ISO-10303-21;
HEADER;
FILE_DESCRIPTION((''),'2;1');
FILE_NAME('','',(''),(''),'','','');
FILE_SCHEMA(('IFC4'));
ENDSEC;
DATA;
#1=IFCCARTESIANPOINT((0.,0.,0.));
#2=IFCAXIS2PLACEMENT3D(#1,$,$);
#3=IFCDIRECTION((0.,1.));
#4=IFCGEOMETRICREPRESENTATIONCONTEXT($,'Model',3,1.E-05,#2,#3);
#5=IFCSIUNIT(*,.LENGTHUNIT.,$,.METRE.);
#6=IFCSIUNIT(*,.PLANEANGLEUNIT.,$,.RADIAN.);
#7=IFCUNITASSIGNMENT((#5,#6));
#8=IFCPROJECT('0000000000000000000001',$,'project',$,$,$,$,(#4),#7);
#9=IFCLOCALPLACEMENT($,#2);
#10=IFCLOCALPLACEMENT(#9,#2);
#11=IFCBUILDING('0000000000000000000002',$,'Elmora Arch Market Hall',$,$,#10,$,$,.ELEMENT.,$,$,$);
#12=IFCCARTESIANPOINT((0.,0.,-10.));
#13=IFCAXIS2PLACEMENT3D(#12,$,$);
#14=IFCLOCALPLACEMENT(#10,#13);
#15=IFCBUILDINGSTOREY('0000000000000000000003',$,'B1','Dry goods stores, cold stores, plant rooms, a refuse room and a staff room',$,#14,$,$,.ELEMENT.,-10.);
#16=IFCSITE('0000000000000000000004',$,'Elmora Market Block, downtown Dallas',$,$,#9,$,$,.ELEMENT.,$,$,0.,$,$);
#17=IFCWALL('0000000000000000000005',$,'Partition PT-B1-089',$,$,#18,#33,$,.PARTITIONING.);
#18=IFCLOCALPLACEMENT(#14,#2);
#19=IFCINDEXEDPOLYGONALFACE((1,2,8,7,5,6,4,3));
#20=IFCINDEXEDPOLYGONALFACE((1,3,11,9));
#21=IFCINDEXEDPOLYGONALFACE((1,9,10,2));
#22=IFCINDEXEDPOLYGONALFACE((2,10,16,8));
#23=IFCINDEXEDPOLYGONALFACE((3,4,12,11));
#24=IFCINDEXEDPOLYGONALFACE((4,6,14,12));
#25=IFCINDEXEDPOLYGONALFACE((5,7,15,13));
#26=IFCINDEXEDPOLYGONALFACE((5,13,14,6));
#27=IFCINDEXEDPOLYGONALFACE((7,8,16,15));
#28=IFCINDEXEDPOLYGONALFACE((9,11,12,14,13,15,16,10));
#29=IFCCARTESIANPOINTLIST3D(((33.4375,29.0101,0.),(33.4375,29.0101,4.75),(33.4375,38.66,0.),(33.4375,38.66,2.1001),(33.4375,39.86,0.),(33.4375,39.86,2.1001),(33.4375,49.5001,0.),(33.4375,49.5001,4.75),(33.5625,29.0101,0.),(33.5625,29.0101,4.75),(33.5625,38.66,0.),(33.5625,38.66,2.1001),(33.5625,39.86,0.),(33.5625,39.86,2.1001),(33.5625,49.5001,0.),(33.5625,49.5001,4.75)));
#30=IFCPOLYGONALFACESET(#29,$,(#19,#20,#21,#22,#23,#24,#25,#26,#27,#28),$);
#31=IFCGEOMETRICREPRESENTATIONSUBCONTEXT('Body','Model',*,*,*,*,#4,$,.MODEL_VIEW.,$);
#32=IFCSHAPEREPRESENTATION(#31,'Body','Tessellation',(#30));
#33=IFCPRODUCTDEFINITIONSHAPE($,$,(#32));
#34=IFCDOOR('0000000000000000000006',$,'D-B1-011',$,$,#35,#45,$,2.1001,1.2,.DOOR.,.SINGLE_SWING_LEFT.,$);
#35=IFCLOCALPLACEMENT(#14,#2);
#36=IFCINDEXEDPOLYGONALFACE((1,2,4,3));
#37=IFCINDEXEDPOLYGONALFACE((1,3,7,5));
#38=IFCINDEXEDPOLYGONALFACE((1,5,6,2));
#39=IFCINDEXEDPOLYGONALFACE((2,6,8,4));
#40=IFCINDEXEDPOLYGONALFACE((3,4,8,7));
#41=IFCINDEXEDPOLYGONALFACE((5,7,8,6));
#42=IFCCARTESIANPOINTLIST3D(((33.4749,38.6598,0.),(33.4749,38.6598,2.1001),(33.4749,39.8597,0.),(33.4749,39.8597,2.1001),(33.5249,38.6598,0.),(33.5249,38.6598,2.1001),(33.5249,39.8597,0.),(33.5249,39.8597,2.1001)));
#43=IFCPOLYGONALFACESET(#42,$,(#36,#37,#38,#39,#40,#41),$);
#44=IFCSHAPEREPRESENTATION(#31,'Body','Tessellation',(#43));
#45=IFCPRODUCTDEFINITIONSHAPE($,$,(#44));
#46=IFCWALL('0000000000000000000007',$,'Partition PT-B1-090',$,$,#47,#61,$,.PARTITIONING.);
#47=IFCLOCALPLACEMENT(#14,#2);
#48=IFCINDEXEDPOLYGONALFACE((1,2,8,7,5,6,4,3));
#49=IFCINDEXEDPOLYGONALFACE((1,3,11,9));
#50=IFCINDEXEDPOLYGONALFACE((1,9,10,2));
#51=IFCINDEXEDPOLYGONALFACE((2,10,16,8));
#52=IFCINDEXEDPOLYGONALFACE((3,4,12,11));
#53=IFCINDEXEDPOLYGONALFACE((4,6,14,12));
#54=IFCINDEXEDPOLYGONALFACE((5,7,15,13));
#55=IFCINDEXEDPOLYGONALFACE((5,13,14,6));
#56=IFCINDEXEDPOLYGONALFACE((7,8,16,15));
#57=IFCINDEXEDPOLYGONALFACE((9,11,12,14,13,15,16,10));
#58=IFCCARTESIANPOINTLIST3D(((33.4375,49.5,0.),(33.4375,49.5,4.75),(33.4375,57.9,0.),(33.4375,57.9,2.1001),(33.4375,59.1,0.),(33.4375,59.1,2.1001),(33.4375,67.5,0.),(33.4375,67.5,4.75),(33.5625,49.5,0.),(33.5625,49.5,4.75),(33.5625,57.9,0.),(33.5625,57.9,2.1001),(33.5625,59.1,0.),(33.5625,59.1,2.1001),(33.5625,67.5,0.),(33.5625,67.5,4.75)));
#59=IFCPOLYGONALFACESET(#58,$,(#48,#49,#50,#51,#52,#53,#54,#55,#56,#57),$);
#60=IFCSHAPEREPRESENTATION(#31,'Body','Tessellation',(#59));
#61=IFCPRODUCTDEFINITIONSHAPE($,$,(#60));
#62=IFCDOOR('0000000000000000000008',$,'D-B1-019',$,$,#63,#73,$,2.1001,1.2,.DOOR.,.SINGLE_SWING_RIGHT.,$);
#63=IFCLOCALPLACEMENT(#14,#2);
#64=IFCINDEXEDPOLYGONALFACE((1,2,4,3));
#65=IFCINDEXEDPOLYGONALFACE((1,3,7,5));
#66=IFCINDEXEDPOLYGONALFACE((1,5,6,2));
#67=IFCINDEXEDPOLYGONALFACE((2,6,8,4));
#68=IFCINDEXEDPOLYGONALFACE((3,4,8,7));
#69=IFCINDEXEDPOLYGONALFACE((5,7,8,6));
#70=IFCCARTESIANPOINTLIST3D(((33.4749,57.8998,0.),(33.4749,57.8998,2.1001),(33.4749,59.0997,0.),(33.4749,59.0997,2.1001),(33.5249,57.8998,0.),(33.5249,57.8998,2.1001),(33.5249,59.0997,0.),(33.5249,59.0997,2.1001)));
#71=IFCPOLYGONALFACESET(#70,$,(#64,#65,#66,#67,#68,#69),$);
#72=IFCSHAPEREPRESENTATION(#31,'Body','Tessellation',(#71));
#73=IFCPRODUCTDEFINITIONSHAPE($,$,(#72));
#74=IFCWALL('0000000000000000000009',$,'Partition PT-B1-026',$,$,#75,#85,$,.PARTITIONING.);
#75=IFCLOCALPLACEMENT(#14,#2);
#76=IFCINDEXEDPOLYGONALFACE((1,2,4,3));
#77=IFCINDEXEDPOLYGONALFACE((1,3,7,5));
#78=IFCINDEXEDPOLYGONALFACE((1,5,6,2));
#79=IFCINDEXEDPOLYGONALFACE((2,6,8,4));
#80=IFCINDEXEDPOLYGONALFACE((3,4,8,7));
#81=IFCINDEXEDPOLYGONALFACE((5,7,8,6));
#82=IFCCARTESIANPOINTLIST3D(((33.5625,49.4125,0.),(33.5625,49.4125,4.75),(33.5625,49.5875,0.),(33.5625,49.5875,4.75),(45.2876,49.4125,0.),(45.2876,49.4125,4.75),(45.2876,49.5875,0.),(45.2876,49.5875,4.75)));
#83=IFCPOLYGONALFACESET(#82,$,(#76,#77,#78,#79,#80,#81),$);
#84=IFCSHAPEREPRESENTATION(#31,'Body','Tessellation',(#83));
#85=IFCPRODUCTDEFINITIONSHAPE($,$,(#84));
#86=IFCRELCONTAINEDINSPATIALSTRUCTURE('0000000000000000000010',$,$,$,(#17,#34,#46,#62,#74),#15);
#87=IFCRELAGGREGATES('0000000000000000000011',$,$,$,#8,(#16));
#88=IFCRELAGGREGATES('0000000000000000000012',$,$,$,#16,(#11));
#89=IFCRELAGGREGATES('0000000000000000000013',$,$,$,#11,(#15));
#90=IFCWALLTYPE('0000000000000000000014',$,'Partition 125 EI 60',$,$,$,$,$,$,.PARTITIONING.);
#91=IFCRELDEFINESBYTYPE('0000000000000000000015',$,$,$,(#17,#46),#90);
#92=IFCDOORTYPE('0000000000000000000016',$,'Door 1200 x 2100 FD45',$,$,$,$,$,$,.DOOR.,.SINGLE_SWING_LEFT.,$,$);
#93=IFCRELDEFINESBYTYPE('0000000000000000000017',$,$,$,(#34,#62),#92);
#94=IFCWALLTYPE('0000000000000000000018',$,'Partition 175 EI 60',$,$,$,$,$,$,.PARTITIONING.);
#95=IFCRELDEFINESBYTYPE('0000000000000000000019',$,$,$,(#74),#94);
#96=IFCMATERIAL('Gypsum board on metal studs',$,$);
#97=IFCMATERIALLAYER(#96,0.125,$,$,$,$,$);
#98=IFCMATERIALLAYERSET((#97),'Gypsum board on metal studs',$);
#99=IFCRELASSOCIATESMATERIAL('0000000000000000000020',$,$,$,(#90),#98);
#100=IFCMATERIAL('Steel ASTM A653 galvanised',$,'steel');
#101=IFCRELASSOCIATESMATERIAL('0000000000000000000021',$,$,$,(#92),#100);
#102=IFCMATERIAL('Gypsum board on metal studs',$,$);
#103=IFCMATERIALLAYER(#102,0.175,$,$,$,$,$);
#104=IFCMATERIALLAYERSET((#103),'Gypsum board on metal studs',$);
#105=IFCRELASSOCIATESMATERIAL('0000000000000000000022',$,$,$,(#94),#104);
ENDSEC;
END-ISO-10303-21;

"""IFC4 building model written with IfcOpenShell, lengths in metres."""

from ifc_helpers import new_model, si_unit, direction, frame, frame_2d, origin, place, context, subcontext, project, spatial, rectangle, extrude, material, layer, layer_set, type_object, element, fill, save


model = new_model("IFC4")

# Units and contexts
model_context = context("Model", 3, precision=1e-05, world=origin(), true_north=direction((0.0, 1.0)))
body_context = subcontext(model_context, "Body", "Model", "MODEL_VIEW")
ifc_project = project(units=[si_unit("LENGTHUNIT", "METRE"), si_unit("PLANEANGLEUNIT", "RADIAN")], contexts=[model_context])

# Site, building, storey
site_placement = place(None, origin())
site = spatial("IfcSite", under=ifc_project, at=site_placement, Name="Elmora Market Block, downtown Dallas", CompositionType="ELEMENT", RefElevation=0.0)
building_placement = place(site_placement, origin())
building = spatial("IfcBuilding", under=site, at=building_placement, Name="Elmora Arch Market Hall", CompositionType="ELEMENT")
storey_placement = place(building_placement, frame((0.0, 0.0, -10.0)))
storey = spatial("IfcBuildingStorey", under=building, at=storey_placement, Name="B1", Description="Dry goods stores, cold stores, plant rooms, a refuse room and a staff room", CompositionType="ELEMENT", Elevation=-10.0)

# Walls, openings, doors
ifc_material_1 = material(Name="Gypsum board on metal studs")
ifc_layer_1 = layer(ifc_material_1, 0.125)
ifc_layer_set_1 = layer_set([ifc_layer_1], Name="Gypsum board on metal studs")
wall_type_1 = type_object("IfcWallType", Name="Partition 125 EI 60", PredefinedType="PARTITIONING", material=ifc_layer_set_1)
ifc_material_2 = material(Name="Steel ASTM A653 galvanised", Category="steel")
door_type = type_object("IfcDoorType", Name="Door 1200 x 2100 FD45", OperationType="SINGLE_SWING_LEFT", PredefinedType="DOOR", material=ifc_material_2)
wall_1_placement = place(storey_placement, frame((33.5, 29.01, 0.0), z_axis=(0.0, 0.0, 1.0), x_axis=(0.0, 1.0, 0.0)))
wall_1 = element("IfcWall", 1, at=wall_1_placement, inside=storey, type_object=wall_type_1, Name="Partition PT-B1-089", PredefinedType="PARTITIONING", context=body_context, shape_type="SweptSolid", body=[
    extrude(rectangle(XDim=20.49, YDim=0.125, at=frame_2d((10.2451, 0.0))), origin(), (0.0, 0.0, 1.0), 4.75),
])
opening_1_placement = place(wall_1_placement, frame((9.6499, 0.0, 0.0)))
opening_1 = element("IfcOpeningElement", 2, at=opening_1_placement, cuts=wall_1, PredefinedType="OPENING", context=body_context, shape_type="SweptSolid", body=[
    extrude(rectangle(XDim=1.2, YDim=2.1001, at=frame_2d((0.6001, 1.05))), frame((0.0, 0.0725, 0.0), z_axis=(0.0, -1.0, 0.0), x_axis=(1.0, 0.0, 0.0)), (0.0, 0.0, 1.0), 0.145),
])
door_1_placement = place(opening_1_placement, frame((1.2, 0.0, 0.0), z_axis=(0.0, 0.0, 1.0), x_axis=(-1.0, 0.0, 0.0)))
door_1 = element("IfcDoor", 3, at=door_1_placement, inside=storey, type_object=door_type, Name="D-B1-011", OperationType="SINGLE_SWING_LEFT", OverallHeight=2.1001, OverallWidth=1.2, PredefinedType="DOOR", context=body_context, shape_type="SweptSolid", body=[
    extrude(rectangle(XDim=1.2, YDim=2.1001, at=frame_2d((0.6001, 1.05))), frame((0.0, 0.0249, 0.0), z_axis=(0.0, -1.0, 0.0), x_axis=(1.0, 0.0, 0.0)), (0.0, 0.0, 1.0), 0.05),
])
fill(opening_1, door_1)
wall_2_placement = place(storey_placement, frame((33.5, 49.5, 0.0), z_axis=(0.0, 0.0, 1.0), x_axis=(0.0, 1.0, 0.0)))
wall_2 = element("IfcWall", 4, at=wall_2_placement, inside=storey, type_object=wall_type_1, Name="Partition PT-B1-090", PredefinedType="PARTITIONING", context=body_context, shape_type="SweptSolid", body=[
    extrude(rectangle(XDim=18.0, YDim=0.125, at=frame_2d((9.0, 0.0))), origin(), (0.0, 0.0, 1.0), 4.75),
])
opening_2_placement = place(wall_2_placement, frame((8.3999, 0.0, 0.0)))
opening_2 = element("IfcOpeningElement", 5, at=opening_2_placement, cuts=wall_2, PredefinedType="OPENING", context=body_context, shape_type="SweptSolid", body=[
    extrude(rectangle(XDim=1.2, YDim=2.1001, at=frame_2d((0.6001, 1.05))), frame((0.0, 0.0725, 0.0), z_axis=(0.0, -1.0, 0.0), x_axis=(1.0, 0.0, 0.0)), (0.0, 0.0, 1.0), 0.145),
])
door_2_placement = place(opening_2_placement, frame((1.2, 0.0, 0.0), z_axis=(0.0, 0.0, 1.0), x_axis=(-1.0, 0.0, 0.0)))
door_2 = element("IfcDoor", 6, at=door_2_placement, inside=storey, type_object=door_type, Name="D-B1-019", OperationType="SINGLE_SWING_RIGHT", OverallHeight=2.1001, OverallWidth=1.2, PredefinedType="DOOR", context=body_context, shape_type="SweptSolid", body=[
    extrude(rectangle(XDim=1.2, YDim=2.1001, at=frame_2d((0.6001, 1.05))), frame((0.0, 0.0249, 0.0), z_axis=(0.0, -1.0, 0.0), x_axis=(1.0, 0.0, 0.0)), (0.0, 0.0, 1.0), 0.05),
])
fill(opening_2, door_2)

# Wall
ifc_material_3 = material(Name="Gypsum board on metal studs")
ifc_layer_2 = layer(ifc_material_3, 0.175)
ifc_layer_set_2 = layer_set([ifc_layer_2], Name="Gypsum board on metal studs")
wall_type_2 = type_object("IfcWallType", Name="Partition 175 EI 60", PredefinedType="PARTITIONING", material=ifc_layer_set_2)
wall_3_placement = place(storey_placement, frame((33.5625, 49.5, 0.0), z_axis=(0.0, 0.0, 1.0), x_axis=(1.0, 0.0, 0.0)))
element("IfcWall", 7, at=wall_3_placement, inside=storey, type_object=wall_type_2, Name="Partition PT-B1-026", PredefinedType="PARTITIONING", context=body_context, shape_type="SweptSolid", body=[
    extrude(rectangle(XDim=11.7251, YDim=0.175, at=frame_2d((5.8625, 0.0))), origin(), (0.0, 0.0, 1.0), 4.75),
])

save(model, "model.ifc")
